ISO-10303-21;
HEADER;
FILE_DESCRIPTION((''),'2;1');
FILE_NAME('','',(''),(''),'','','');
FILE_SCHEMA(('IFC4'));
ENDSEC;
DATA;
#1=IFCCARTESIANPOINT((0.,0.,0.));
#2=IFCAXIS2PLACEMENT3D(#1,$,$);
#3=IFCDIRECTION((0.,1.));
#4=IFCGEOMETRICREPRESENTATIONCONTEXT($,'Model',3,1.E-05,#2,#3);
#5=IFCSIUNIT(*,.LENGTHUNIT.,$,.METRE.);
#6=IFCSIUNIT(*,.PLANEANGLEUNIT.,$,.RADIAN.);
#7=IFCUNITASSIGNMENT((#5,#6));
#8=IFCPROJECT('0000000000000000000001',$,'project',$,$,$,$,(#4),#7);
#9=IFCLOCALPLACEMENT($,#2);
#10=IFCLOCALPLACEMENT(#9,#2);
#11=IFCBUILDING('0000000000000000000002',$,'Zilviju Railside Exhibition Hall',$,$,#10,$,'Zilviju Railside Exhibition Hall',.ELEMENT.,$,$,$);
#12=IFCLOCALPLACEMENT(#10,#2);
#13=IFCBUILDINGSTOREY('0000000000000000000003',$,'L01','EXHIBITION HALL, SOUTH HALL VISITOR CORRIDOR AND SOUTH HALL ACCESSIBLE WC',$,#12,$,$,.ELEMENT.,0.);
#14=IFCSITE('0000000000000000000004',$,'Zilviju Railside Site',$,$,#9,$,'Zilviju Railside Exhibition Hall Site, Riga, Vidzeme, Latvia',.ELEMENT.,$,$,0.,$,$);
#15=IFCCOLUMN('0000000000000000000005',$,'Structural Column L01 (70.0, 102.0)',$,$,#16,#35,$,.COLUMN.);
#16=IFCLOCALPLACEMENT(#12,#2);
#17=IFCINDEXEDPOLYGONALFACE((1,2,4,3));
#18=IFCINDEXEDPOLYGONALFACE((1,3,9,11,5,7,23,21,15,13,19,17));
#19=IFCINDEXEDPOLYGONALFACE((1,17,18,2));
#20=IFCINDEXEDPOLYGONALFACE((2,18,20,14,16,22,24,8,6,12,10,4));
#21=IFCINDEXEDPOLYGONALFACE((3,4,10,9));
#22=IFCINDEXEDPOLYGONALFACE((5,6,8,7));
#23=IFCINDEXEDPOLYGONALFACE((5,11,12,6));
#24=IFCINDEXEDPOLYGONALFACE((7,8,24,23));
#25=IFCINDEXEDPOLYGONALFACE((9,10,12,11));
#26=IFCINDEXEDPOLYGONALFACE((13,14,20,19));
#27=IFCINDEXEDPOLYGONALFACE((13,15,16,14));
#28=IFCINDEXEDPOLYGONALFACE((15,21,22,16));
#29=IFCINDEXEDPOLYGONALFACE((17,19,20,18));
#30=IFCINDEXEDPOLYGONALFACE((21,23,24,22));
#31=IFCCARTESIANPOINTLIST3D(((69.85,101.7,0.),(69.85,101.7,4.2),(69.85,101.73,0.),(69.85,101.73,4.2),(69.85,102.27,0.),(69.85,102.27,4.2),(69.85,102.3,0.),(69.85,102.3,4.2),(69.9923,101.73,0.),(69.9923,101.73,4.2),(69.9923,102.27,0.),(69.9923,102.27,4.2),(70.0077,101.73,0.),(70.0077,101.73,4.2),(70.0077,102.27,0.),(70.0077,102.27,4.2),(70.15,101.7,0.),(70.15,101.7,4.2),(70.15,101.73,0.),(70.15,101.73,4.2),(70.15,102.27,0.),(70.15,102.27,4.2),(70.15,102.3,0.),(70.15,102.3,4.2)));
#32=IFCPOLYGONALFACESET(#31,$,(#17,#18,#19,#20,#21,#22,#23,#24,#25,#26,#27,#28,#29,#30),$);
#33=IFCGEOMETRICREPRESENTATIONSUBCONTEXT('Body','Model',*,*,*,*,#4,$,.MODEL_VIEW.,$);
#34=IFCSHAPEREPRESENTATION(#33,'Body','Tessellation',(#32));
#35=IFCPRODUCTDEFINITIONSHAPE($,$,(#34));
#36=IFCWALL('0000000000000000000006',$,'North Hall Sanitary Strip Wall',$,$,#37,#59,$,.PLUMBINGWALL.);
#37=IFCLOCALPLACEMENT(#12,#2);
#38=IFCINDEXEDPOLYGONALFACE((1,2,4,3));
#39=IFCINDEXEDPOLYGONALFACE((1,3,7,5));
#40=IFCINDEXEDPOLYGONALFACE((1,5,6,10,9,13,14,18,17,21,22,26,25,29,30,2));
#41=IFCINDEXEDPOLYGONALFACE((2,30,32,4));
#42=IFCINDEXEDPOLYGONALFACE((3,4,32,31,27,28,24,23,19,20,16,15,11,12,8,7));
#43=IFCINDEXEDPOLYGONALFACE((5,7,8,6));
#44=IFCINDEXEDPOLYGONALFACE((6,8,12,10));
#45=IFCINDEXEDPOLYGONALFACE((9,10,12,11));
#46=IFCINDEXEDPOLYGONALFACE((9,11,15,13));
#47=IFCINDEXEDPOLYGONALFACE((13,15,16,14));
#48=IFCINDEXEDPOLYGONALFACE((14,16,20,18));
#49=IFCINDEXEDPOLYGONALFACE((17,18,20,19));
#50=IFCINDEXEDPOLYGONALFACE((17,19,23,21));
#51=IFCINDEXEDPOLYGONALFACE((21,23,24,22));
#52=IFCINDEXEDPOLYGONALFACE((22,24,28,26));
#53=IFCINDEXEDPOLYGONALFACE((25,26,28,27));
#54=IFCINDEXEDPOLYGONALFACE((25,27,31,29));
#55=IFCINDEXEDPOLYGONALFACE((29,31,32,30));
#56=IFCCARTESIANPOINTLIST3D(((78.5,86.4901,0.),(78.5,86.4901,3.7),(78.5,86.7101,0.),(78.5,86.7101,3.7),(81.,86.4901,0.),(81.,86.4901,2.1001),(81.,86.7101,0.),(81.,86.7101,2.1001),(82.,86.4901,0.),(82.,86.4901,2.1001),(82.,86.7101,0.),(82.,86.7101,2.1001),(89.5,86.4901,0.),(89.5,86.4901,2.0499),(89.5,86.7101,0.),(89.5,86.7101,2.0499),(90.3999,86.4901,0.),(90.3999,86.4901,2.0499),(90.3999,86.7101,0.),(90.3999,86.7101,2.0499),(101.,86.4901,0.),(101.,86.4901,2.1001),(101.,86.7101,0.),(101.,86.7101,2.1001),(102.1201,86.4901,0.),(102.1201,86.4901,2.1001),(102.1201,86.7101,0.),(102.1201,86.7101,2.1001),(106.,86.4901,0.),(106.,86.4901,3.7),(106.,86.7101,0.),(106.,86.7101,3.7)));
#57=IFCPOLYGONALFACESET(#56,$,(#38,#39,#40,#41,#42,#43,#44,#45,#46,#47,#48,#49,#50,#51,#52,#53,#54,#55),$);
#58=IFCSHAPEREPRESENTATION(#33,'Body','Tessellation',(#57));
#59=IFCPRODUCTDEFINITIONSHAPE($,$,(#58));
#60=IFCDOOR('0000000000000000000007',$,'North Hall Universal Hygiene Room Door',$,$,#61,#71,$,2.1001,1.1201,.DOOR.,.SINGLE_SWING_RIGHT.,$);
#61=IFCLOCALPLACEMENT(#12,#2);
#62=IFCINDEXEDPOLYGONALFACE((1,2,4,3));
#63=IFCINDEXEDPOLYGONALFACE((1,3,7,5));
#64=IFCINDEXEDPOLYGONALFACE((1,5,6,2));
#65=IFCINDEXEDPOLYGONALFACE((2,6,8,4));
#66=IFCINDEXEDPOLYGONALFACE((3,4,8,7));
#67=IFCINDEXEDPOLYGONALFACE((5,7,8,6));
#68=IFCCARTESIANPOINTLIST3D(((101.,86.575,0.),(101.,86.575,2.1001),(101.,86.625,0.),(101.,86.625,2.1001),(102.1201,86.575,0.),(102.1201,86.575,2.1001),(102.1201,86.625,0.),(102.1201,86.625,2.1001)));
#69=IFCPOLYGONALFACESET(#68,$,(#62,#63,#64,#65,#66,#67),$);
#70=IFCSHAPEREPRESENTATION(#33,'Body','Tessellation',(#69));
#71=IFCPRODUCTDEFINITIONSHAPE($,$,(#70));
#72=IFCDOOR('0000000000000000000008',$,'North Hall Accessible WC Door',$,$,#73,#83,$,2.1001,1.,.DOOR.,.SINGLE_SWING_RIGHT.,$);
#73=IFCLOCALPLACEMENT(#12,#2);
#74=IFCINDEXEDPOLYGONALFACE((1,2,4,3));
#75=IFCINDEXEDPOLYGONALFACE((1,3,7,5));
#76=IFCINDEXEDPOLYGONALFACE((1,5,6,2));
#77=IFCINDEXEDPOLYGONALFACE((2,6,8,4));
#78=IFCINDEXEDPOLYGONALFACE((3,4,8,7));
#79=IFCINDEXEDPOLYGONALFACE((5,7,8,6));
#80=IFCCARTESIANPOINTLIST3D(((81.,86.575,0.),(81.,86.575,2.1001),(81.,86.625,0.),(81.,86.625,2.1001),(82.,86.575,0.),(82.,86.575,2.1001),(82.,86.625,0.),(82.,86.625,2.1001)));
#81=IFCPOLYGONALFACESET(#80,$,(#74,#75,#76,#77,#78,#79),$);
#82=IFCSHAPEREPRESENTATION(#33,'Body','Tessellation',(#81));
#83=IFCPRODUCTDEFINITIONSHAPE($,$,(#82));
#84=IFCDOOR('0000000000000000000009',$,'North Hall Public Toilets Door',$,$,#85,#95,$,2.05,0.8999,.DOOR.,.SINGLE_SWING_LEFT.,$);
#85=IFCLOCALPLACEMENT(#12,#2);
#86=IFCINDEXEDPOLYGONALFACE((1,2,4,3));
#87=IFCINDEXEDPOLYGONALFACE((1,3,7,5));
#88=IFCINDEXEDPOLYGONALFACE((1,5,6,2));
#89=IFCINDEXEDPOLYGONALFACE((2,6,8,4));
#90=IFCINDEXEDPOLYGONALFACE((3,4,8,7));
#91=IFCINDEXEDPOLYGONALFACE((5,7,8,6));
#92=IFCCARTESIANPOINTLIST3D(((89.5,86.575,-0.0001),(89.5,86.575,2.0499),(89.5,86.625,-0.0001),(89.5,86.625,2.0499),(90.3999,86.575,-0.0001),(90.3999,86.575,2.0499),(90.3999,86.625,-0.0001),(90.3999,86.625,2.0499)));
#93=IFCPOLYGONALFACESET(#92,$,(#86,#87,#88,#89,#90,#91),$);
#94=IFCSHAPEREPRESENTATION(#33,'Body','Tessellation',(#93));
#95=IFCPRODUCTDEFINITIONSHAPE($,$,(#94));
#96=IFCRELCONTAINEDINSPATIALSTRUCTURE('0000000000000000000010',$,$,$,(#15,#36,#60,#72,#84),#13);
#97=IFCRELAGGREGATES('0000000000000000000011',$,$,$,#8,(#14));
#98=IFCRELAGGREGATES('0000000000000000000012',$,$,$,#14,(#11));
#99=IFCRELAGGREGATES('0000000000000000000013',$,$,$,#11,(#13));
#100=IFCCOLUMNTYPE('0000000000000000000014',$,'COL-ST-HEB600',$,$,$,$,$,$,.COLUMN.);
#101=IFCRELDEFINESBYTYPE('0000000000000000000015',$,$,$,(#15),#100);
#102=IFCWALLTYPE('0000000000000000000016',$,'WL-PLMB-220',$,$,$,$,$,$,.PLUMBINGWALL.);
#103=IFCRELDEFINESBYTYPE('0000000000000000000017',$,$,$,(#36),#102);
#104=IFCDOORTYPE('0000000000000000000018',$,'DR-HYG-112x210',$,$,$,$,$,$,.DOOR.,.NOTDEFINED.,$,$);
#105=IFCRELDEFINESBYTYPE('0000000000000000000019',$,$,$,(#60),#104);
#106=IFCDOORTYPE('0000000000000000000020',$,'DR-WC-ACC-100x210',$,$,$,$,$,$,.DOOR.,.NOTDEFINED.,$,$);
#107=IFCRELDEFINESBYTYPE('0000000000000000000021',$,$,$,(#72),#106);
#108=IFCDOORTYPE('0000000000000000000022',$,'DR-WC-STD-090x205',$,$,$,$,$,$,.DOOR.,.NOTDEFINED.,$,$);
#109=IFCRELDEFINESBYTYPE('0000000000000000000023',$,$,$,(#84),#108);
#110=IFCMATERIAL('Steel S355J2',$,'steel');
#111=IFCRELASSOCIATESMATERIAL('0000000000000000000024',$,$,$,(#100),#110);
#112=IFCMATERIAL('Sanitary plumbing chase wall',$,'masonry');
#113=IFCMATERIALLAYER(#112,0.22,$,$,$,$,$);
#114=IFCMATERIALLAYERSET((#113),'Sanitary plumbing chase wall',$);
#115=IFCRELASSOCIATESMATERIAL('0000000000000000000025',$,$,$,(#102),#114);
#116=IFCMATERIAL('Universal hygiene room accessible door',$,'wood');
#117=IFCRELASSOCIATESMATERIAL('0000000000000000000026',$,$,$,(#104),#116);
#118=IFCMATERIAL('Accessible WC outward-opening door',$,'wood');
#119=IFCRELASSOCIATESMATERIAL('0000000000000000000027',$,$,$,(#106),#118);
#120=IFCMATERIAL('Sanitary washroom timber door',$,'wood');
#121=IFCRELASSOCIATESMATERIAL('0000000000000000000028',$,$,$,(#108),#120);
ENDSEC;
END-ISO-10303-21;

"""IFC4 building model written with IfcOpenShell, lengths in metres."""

from ifc_helpers import new_model, si_unit, direction, frame, frame_2d, origin, origin_2d, place, context, subcontext, project, spatial, rectangle, i_section, extrude, material, layer, layer_set, material_profile, profile_set, type_object, element, fill, save


model = new_model("IFC4")

# Units and contexts
model_context = context("Model", 3, precision=1e-05, world=origin(), true_north=direction((0.0, 1.0)))
body_context = subcontext(model_context, "Body", "Model", "MODEL_VIEW")
ifc_project = project(units=[si_unit("LENGTHUNIT", "METRE"), si_unit("PLANEANGLEUNIT", "RADIAN")], contexts=[model_context])

# Site, building, storey
site_placement = place(None, origin())
site = spatial("IfcSite", under=ifc_project, at=site_placement, Name="Zilviju Railside Site", LongName="Zilviju Railside Exhibition Hall Site, Riga, Vidzeme, Latvia", CompositionType="ELEMENT", RefElevation=0.0)
building_placement = place(site_placement, origin())
building = spatial("IfcBuilding", under=site, at=building_placement, Name="Zilviju Railside Exhibition Hall", LongName="Zilviju Railside Exhibition Hall", CompositionType="ELEMENT")
storey_placement = place(building_placement, origin())
storey = spatial("IfcBuildingStorey", under=building, at=storey_placement, Name="L01", Description="EXHIBITION HALL, SOUTH HALL VISITOR CORRIDOR AND SOUTH HALL ACCESSIBLE WC", CompositionType="ELEMENT", Elevation=0.0)

# Column
ifc_material_1 = material(Name="Steel S355J2", Category="steel")
ifc_material_profile_1 = material_profile(ifc_material_1, i_section(OverallWidth=0.3, OverallDepth=0.6001, WebThickness=0.0154, FlangeThickness=0.03, at=origin_2d()), Name="HEB 600")
ifc_profile_set_1 = profile_set([ifc_material_profile_1], Name="Steel S355J2")
column_type_1 = type_object("IfcColumnType", Name="COL-ST-HEB600", PredefinedType="COLUMN", material=ifc_profile_set_1)
for number, where, z_axis, x_axis, name in (
    (1, (70.0, 102.0, 0.0), (0.0, 0.0, 1.0), (1.0, 0.0, 0.0), "Structural Column L01 (70.0, 102.0)"),
):
    element("IfcColumn", number, at=place(storey_placement, frame(where, z_axis=z_axis, x_axis=x_axis)), inside=storey, type_object=column_type_1, Name=name, PredefinedType="COLUMN", context=body_context, shape_type="SweptSolid", body=[
        extrude(i_section(OverallWidth=0.3, OverallDepth=0.6001, WebThickness=0.0154, FlangeThickness=0.03, at=origin_2d()), origin(), (0.0, 0.0, 1.0), 4.2),
    ])

# Wall, openings, doors
ifc_material_2 = material(Name="Sanitary plumbing chase wall", Category="masonry")
ifc_layer_1 = layer(ifc_material_2, 0.22)
ifc_layer_set_1 = layer_set([ifc_layer_1], Name="Sanitary plumbing chase wall")
wall_type_1 = type_object("IfcWallType", Name="WL-PLMB-220", PredefinedType="PLUMBINGWALL", material=ifc_layer_set_1)
wall_1_placement = place(storey_placement, frame((78.5, 86.6001, 0.0), z_axis=(0.0, 0.0, 1.0), x_axis=(1.0, 0.0, 0.0)))
wall_1 = element("IfcWall", 2, at=wall_1_placement, inside=storey, type_object=wall_type_1, Name="North Hall Sanitary Strip Wall", PredefinedType="PLUMBINGWALL", context=body_context, shape_type="SweptSolid", body=[
    extrude(rectangle(XDim=27.5, YDim=0.22, at=frame_2d((13.75, 0.0))), origin(), (0.0, 0.0, 1.0), 3.7),
])
opening_1_placement = place(wall_1_placement, frame((2.5, 0.0, 0.0)))
opening_1 = element("IfcOpeningElement", 3, at=opening_1_placement, cuts=wall_1, PredefinedType="OPENING", context=body_context, shape_type="SweptSolid", body=[
    extrude(rectangle(XDim=1.0, YDim=2.1001, at=frame_2d((0.5, 1.05))), frame((0.0, 0.1199, 0.0), z_axis=(0.0, -1.0, 0.0), x_axis=(1.0, 0.0, 0.0)), (0.0, 0.0, 1.0), 0.24),
])
opening_2_placement = place(wall_1_placement, frame((11.0, 0.0, 0.0)))
opening_2 = element("IfcOpeningElement", 4, at=opening_2_placement, cuts=wall_1, PredefinedType="OPENING", context=body_context, shape_type="SweptSolid", body=[
    extrude(rectangle(XDim=0.8999, YDim=2.05, at=frame_2d((0.45, 1.0249))), frame((0.0, 0.1199, 0.0), z_axis=(0.0, -1.0, 0.0), x_axis=(1.0, 0.0, 0.0)), (0.0, 0.0, 1.0), 0.24),
])
opening_3_placement = place(wall_1_placement, frame((22.5, 0.0, 0.0)))
opening_3 = element("IfcOpeningElement", 5, at=opening_3_placement, cuts=wall_1, PredefinedType="OPENING", context=body_context, shape_type="SweptSolid", body=[
    extrude(rectangle(XDim=1.1201, YDim=2.1001, at=frame_2d((0.5601, 1.05))), frame((0.0, 0.1199, 0.0), z_axis=(0.0, -1.0, 0.0), x_axis=(1.0, 0.0, 0.0)), (0.0, 0.0, 1.0), 0.24),
])
ifc_material_3 = material(Name="Universal hygiene room accessible door", Category="wood")
door_type_1 = type_object("IfcDoorType", Name="DR-HYG-112x210", OperationType="NOTDEFINED", PredefinedType="DOOR", material=ifc_material_3)
door_1_placement = place(opening_3_placement, origin())
door_1 = element("IfcDoor", 6, at=door_1_placement, inside=storey, type_object=door_type_1, Name="North Hall Universal Hygiene Room Door", OperationType="SINGLE_SWING_RIGHT", OverallHeight=2.1001, OverallWidth=1.1201, PredefinedType="DOOR", context=body_context, shape_type="SweptSolid", body=[
    extrude(rectangle(XDim=1.1201, YDim=2.1001, at=frame_2d((0.5601, 1.05))), frame((0.0, 0.0249, 0.0), z_axis=(0.0, -1.0, 0.0), x_axis=(1.0, 0.0, 0.0)), (0.0, 0.0, 1.0), 0.05),
])
fill(opening_3, door_1)
ifc_material_4 = material(Name="Accessible WC outward-opening door", Category="wood")
door_type_2 = type_object("IfcDoorType", Name="DR-WC-ACC-100x210", OperationType="NOTDEFINED", PredefinedType="DOOR", material=ifc_material_4)
door_2_placement = place(opening_1_placement, origin())
door_2 = element("IfcDoor", 7, at=door_2_placement, inside=storey, type_object=door_type_2, Name="North Hall Accessible WC Door", OperationType="SINGLE_SWING_RIGHT", OverallHeight=2.1001, OverallWidth=1.0, PredefinedType="DOOR", context=body_context, shape_type="SweptSolid", body=[
    extrude(rectangle(XDim=1.0, YDim=2.1001, at=frame_2d((0.5, 1.05))), frame((0.0, 0.0249, 0.0), z_axis=(0.0, -1.0, 0.0), x_axis=(1.0, 0.0, 0.0)), (0.0, 0.0, 1.0), 0.05),
])
fill(opening_1, door_2)
ifc_material_5 = material(Name="Sanitary washroom timber door", Category="wood")
door_type_3 = type_object("IfcDoorType", Name="DR-WC-STD-090x205", OperationType="NOTDEFINED", PredefinedType="DOOR", material=ifc_material_5)
door_3_placement = place(opening_2_placement, origin())
door_3 = element("IfcDoor", 8, at=door_3_placement, inside=storey, type_object=door_type_3, Name="North Hall Public Toilets Door", OperationType="SINGLE_SWING_LEFT", OverallHeight=2.05, OverallWidth=0.8999, PredefinedType="DOOR", context=body_context, shape_type="SweptSolid", body=[
    extrude(rectangle(XDim=0.8999, YDim=2.05, at=frame_2d((0.45, 1.0249))), frame((0.0, 0.0249, 0.0), z_axis=(0.0, -1.0, 0.0), x_axis=(1.0, 0.0, 0.0)), (0.0, 0.0, 1.0), 0.05),
])
fill(opening_2, door_3)

save(model, "model.ifc")
